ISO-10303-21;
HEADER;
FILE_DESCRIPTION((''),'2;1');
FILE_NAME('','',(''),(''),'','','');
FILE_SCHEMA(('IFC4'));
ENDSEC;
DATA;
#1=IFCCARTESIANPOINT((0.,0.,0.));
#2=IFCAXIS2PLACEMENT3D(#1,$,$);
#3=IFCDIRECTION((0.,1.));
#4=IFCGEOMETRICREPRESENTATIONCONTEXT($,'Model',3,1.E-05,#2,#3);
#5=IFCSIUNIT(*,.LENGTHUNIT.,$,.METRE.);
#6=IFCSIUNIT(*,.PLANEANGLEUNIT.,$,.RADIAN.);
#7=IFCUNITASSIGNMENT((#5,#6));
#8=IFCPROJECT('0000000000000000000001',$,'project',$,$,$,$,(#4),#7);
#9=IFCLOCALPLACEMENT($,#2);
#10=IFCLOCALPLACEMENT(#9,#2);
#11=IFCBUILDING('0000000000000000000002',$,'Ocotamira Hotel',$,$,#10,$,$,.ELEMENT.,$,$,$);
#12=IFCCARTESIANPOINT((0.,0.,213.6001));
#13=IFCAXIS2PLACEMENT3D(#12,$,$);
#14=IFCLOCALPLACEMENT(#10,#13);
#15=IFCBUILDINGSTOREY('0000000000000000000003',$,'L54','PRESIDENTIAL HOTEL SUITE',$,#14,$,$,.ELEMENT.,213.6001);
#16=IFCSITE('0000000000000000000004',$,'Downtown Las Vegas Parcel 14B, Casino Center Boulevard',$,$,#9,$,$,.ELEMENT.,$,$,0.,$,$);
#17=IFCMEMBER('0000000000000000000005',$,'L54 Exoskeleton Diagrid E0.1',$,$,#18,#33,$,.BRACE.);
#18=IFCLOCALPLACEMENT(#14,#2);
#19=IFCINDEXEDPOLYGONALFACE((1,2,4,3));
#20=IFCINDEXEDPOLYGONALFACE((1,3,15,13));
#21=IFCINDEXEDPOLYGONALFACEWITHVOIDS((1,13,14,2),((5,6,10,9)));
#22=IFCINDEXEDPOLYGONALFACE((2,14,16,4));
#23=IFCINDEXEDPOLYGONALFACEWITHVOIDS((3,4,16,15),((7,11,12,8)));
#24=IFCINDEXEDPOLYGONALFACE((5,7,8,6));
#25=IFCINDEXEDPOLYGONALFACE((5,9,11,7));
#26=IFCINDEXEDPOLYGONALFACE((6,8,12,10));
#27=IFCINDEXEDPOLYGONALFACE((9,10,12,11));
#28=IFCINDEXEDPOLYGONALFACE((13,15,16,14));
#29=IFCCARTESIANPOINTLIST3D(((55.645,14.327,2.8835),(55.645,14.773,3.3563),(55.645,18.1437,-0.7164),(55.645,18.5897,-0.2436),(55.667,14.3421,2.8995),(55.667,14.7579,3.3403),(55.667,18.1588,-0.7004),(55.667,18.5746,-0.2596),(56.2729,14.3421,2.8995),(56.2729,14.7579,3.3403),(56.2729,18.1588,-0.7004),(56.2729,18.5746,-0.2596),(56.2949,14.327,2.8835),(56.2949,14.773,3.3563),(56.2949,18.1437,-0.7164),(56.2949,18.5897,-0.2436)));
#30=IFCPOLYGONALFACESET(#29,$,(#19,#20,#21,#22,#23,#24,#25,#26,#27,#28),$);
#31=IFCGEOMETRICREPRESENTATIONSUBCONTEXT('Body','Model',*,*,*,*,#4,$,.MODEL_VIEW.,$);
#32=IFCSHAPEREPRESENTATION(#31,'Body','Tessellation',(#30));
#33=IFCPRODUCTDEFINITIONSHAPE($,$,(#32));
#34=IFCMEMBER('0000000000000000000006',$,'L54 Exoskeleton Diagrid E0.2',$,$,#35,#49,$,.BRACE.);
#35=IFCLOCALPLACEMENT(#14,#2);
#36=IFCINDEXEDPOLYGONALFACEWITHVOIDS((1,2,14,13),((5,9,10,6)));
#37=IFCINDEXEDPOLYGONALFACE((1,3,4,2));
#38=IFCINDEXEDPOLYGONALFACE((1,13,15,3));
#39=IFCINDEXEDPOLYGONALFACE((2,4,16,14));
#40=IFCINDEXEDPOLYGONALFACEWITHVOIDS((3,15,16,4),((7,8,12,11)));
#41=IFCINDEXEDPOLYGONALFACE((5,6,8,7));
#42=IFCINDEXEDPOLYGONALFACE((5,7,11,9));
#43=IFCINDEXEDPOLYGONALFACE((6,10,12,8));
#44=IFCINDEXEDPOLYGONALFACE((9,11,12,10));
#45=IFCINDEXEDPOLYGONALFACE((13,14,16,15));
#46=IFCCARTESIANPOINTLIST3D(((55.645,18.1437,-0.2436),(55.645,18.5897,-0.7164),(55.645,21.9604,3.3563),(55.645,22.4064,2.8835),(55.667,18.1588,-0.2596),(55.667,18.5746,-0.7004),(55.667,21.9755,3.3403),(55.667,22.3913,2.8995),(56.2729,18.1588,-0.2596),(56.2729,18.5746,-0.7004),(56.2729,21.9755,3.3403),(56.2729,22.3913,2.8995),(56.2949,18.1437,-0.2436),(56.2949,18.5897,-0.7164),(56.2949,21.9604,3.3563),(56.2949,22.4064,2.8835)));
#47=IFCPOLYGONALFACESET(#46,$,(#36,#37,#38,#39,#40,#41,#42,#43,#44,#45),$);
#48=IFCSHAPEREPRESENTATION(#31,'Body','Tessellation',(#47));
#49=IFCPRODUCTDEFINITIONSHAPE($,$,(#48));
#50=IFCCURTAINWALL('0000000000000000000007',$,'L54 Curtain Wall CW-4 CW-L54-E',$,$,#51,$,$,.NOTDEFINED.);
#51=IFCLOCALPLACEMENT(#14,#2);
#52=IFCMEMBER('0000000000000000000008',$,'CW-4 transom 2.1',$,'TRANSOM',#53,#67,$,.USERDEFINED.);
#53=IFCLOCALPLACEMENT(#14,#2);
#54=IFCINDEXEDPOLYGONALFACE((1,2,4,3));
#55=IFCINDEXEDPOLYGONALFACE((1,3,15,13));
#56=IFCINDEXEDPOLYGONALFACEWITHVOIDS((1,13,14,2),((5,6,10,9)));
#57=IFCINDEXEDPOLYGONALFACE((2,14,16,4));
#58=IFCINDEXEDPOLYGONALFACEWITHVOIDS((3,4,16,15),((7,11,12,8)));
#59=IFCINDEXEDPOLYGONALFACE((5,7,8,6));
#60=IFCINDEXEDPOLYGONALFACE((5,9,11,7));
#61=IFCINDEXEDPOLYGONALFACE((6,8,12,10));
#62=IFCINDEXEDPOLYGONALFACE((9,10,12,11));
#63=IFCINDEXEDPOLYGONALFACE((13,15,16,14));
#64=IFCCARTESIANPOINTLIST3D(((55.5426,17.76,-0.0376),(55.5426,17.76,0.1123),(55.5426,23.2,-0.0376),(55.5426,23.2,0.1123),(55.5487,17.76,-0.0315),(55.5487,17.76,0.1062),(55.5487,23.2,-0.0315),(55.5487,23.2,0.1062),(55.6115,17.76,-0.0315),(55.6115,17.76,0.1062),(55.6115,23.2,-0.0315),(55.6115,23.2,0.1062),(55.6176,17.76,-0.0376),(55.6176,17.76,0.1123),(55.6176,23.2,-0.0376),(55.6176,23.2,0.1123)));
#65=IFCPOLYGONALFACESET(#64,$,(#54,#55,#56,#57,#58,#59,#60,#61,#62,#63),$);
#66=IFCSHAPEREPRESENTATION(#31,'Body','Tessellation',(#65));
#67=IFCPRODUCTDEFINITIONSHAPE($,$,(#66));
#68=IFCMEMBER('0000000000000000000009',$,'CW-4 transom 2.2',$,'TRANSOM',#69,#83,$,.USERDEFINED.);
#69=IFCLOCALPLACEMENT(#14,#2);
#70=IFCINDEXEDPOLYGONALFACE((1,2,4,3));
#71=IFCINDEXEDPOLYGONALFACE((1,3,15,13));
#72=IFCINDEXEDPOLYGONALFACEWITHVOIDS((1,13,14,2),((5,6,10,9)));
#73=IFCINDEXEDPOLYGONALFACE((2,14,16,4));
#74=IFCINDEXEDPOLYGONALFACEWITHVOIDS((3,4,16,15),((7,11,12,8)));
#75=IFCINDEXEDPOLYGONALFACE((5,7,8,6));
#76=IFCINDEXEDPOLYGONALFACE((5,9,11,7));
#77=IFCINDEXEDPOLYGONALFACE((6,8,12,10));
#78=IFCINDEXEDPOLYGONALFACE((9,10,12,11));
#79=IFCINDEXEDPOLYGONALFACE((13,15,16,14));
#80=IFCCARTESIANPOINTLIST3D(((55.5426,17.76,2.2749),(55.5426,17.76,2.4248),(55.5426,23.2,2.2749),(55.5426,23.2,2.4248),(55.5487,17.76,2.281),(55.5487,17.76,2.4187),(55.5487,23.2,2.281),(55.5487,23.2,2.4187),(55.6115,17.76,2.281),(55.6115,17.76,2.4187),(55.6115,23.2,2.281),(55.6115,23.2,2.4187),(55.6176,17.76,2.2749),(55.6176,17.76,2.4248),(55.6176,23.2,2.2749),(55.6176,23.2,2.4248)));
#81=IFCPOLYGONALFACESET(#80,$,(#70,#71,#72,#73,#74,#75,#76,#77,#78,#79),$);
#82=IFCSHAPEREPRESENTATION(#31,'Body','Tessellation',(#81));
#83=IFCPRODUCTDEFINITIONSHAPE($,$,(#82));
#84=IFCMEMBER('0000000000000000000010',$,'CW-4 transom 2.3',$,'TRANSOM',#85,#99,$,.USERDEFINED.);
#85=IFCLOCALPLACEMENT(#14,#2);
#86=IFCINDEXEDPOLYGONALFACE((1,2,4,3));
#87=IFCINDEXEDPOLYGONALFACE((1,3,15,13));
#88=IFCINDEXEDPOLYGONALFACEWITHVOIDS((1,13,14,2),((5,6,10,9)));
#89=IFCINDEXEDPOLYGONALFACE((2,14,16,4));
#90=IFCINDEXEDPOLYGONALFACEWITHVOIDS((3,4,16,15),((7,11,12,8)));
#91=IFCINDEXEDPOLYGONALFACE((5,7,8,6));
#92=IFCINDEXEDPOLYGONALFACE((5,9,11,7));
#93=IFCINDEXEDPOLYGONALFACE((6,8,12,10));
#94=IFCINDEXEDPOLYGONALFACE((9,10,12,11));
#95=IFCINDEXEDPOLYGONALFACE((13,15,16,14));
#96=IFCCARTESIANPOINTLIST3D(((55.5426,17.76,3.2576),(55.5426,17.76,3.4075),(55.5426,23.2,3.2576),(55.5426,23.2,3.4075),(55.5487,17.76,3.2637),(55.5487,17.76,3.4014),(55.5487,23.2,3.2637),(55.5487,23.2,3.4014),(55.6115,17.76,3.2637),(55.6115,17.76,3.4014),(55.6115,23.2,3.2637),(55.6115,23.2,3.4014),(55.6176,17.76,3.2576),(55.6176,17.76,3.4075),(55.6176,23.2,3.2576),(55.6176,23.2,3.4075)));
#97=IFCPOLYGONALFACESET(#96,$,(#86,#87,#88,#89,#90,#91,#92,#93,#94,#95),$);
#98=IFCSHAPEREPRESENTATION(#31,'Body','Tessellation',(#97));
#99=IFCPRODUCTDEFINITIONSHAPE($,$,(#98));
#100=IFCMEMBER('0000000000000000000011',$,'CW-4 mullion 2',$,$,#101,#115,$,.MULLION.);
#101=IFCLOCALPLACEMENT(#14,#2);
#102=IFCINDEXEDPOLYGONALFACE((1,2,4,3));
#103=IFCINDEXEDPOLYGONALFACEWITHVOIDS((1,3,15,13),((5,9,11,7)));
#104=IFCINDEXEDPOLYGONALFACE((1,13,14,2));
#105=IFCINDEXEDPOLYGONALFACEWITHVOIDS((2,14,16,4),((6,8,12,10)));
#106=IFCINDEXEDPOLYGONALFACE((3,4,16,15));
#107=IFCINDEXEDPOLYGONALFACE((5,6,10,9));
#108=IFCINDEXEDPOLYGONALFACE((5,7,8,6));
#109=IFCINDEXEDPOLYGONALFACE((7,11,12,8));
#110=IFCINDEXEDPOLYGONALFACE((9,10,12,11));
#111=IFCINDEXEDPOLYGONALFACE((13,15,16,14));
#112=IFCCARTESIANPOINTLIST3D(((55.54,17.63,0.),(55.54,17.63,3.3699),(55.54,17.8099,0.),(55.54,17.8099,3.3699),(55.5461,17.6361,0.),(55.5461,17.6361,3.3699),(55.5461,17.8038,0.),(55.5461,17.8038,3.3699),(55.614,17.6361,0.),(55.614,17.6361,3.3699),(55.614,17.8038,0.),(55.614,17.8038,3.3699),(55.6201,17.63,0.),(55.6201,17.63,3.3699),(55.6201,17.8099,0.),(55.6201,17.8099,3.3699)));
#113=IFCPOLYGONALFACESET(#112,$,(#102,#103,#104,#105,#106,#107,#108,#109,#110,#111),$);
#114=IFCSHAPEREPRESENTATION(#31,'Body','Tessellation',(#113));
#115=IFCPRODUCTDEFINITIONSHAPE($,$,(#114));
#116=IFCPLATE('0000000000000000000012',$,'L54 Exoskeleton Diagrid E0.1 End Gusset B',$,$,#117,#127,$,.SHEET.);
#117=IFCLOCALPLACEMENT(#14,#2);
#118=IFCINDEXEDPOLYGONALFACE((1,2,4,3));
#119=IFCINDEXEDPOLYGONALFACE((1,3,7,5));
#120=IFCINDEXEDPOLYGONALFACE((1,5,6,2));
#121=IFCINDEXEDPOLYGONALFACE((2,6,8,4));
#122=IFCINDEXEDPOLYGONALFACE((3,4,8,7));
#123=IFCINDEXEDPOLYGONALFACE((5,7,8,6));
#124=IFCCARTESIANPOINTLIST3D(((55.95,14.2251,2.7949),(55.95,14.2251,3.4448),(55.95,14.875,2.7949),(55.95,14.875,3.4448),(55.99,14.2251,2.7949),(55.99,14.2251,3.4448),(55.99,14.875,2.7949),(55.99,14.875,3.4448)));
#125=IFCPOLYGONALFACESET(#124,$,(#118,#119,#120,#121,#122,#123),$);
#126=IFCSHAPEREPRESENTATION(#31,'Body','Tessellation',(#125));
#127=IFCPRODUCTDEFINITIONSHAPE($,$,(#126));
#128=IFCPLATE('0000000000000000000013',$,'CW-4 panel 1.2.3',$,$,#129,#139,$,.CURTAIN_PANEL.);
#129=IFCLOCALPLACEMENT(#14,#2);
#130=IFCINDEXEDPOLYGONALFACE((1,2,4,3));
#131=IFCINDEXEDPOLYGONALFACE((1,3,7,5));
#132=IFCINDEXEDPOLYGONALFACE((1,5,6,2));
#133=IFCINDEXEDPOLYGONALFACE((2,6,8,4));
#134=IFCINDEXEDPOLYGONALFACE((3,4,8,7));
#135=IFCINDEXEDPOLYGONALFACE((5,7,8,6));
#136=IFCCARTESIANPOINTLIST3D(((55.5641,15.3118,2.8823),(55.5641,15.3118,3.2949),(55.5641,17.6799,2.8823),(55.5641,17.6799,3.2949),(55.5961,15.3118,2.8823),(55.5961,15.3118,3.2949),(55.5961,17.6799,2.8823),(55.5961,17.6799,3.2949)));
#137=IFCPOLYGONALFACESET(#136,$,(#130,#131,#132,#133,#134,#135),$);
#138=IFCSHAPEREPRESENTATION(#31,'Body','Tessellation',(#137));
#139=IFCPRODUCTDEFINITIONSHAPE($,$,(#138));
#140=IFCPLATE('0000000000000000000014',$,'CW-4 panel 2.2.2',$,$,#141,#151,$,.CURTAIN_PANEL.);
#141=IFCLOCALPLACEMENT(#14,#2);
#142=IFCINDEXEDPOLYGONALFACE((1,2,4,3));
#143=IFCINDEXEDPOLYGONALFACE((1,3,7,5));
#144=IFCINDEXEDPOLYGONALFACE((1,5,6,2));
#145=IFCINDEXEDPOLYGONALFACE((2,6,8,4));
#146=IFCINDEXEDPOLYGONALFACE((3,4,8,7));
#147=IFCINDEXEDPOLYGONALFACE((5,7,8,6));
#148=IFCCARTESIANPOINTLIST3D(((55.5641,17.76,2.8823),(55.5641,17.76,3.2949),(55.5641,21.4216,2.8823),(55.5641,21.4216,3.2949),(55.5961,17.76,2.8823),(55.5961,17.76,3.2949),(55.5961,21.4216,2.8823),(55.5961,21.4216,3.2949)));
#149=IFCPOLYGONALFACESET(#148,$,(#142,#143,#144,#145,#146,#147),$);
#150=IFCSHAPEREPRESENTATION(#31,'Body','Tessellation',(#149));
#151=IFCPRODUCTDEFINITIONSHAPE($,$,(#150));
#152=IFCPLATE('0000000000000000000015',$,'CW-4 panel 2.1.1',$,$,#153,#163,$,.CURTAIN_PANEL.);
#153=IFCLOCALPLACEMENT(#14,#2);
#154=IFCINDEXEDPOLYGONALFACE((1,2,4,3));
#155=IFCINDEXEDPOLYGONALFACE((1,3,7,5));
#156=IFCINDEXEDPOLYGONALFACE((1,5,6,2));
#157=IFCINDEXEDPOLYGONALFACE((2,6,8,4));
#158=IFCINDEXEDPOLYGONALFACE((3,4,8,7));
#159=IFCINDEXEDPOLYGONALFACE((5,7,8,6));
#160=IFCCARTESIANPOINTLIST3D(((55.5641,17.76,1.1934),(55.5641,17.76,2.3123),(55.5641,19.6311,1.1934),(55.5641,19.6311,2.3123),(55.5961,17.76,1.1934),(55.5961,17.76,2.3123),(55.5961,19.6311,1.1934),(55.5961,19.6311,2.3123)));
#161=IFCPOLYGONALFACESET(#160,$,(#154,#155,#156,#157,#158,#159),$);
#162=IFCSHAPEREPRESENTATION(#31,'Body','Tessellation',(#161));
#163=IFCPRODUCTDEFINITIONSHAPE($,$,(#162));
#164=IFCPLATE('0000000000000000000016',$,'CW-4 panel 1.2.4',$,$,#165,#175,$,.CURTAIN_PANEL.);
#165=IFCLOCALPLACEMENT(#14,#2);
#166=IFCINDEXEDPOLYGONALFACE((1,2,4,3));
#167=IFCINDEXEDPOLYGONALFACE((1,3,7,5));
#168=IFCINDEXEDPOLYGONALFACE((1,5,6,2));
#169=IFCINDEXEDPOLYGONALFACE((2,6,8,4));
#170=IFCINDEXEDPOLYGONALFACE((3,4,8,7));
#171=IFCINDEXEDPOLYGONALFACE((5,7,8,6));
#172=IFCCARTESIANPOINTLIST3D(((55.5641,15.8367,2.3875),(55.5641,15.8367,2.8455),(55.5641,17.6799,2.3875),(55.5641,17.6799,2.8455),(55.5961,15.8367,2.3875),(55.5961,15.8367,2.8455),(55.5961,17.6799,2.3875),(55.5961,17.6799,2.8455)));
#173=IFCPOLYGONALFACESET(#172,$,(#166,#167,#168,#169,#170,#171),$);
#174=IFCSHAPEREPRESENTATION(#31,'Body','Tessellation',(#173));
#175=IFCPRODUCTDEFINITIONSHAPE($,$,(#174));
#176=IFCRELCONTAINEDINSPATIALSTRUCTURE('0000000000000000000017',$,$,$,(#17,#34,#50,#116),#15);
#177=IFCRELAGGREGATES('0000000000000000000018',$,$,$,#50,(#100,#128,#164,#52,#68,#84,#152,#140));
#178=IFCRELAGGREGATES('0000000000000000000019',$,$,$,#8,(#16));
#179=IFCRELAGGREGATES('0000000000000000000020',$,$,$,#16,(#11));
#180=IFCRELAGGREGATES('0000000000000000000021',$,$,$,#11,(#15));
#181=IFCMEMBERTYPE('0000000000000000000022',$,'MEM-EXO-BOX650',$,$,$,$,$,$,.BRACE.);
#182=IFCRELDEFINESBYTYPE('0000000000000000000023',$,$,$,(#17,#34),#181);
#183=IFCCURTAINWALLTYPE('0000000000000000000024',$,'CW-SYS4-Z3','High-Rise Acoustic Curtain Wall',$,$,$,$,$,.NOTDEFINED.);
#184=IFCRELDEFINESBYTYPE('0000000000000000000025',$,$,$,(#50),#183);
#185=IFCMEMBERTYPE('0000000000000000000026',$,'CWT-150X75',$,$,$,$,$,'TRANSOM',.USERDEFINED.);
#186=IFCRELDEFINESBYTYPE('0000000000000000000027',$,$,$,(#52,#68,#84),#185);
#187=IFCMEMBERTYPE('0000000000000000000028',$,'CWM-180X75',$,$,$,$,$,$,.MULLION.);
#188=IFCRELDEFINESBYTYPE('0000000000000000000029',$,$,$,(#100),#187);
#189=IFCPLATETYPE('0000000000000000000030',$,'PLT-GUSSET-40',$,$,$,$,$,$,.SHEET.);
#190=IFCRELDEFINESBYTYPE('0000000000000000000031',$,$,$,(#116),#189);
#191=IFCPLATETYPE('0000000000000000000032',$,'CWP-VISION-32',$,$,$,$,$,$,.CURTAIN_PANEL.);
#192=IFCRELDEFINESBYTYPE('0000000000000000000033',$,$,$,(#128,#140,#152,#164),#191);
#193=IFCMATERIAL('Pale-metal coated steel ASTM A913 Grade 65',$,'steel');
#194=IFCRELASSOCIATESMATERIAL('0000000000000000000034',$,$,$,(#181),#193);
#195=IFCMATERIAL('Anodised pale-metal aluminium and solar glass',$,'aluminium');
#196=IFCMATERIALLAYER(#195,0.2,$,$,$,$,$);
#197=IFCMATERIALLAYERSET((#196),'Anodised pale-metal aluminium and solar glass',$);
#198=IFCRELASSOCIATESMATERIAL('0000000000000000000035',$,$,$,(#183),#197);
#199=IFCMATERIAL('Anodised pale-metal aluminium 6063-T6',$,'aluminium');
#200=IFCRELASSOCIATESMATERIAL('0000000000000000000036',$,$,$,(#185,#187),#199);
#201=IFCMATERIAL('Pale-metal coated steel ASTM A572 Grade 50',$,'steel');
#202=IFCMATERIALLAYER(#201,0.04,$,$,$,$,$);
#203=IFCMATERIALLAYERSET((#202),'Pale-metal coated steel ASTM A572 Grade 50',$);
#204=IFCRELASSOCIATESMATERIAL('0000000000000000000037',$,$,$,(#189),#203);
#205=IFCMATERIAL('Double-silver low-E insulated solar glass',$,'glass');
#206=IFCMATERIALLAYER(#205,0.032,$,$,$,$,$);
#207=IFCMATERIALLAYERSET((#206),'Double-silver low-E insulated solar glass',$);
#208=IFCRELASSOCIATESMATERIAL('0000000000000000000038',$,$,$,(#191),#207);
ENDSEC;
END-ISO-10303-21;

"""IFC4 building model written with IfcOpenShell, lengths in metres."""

from ifc_helpers import new_model, si_unit, direction, frame, origin, origin_2d, place, context, subcontext, project, spatial, rectangle, hollow_rectangle, extrude, source, transform, mapped, material, layer, layer_set, material_profile, profile_set, type_object, element, aggregate, save


model = new_model("IFC4")

# Units and contexts
model_context = context("Model", 3, precision=1e-05, world=origin(), true_north=direction((0.0, 1.0)))
body_context = subcontext(model_context, "Body", "Model", "MODEL_VIEW")
ifc_project = project(units=[si_unit("LENGTHUNIT", "METRE"), si_unit("PLANEANGLEUNIT", "RADIAN")], contexts=[model_context])

# Site, building, storey
site_placement = place(None, origin())
site = spatial("IfcSite", under=ifc_project, at=site_placement, Name="Downtown Las Vegas Parcel 14B, Casino Center Boulevard", CompositionType="ELEMENT", RefElevation=0.0)
building_placement = place(site_placement, origin())
building = spatial("IfcBuilding", under=site, at=building_placement, Name="Ocotamira Hotel", CompositionType="ELEMENT")
storey_placement = place(building_placement, frame((0.0, 0.0, 213.6001)))
storey = spatial("IfcBuildingStorey", under=building, at=storey_placement, Name="L54", Description="PRESIDENTIAL HOTEL SUITE", CompositionType="ELEMENT", Elevation=213.6001)

# Members
ifc_material_1 = material(Name="Pale-metal coated steel ASTM A913 Grade 65", Category="steel")
ifc_material_profile_1 = material_profile(ifc_material_1, hollow_rectangle(XDim=0.6499, YDim=0.6499, WallThickness=0.022, at=origin_2d()), Name="BOX650X650X22")
ifc_profile_set_1 = profile_set([ifc_material_profile_1], Name="Pale-metal coated steel ASTM A913 Grade 65")
member_type_1 = type_object("IfcMemberType", Name="MEM-EXO-BOX650", PredefinedType="BRACE", material=ifc_profile_set_1)
shared_shape_1 = source(origin(), body_context, "Body", "SweptSolid", [
    extrude(hollow_rectangle(XDim=0.6499, YDim=0.6499, WallThickness=0.022, at=origin_2d()), origin(), (0.0, 0.0, 1.0), 5.2466),
])
for number, where, z_axis, x_axis, name in (
    (1, (55.97, 18.3667, -0.48), (0.0, -0.727466, 0.686144), (1.0, 0.0, 0.0), "L54 Exoskeleton Diagrid E0.1"),
    (2, (55.97, 18.3667, -0.48), (0.0, 0.727466, 0.686144), (-1.0, 0.0, 0.0), "L54 Exoskeleton Diagrid E0.2"),
):
    element("IfcMember", number, at=place(storey_placement, frame(where, z_axis=z_axis, x_axis=x_axis)), inside=storey, type_object=member_type_1, Name=name, PredefinedType="BRACE", context=body_context, shape_type="MappedRepresentation", body=[
        mapped(shared_shape_1, transform((0.0, 0.0, 0.0), scale=1.0)),
    ])

# Curtain wall, members
ifc_material_2 = material(Name="Anodised pale-metal aluminium and solar glass", Category="aluminium")
ifc_layer_1 = layer(ifc_material_2, 0.2)
ifc_layer_set_1 = layer_set([ifc_layer_1], Name="Anodised pale-metal aluminium and solar glass")
curtain_wall_type = type_object("IfcCurtainWallType", Name="CW-SYS4-Z3", Description="High-Rise Acoustic Curtain Wall", PredefinedType="NOTDEFINED", material=ifc_layer_set_1)
curtain_wall_placement = place(storey_placement, origin())
curtain_wall = element("IfcCurtainWall", 3, at=curtain_wall_placement, inside=storey, type_object=curtain_wall_type, Name="L54 Curtain Wall CW-4 CW-L54-E", PredefinedType="NOTDEFINED")
ifc_material_3 = material(Name="Anodised pale-metal aluminium 6063-T6", Category="aluminium")
ifc_material_profile_2 = material_profile(ifc_material_3, hollow_rectangle(XDim=0.075, YDim=0.1499, WallThickness=0.0061, at=origin_2d()), Name="HSS150X75X6")
ifc_profile_set_2 = profile_set([ifc_material_profile_2], Name="Anodised pale-metal aluminium 6063-T6")
member_type_2 = type_object("IfcMemberType", Name="CWT-150X75", ElementType="TRANSOM", PredefinedType="USERDEFINED", material=ifc_profile_set_2)
shared_shape_2 = source(origin(), body_context, "Body", "SweptSolid", [
    extrude(hollow_rectangle(XDim=0.075, YDim=0.1499, WallThickness=0.0061, at=origin_2d()), origin(), (0.0, 0.0, 1.0), 5.4399),
])
member_1_placement = place(storey_placement, frame((55.5801, 17.76, 0.0374), z_axis=(0.0, 1.0, 0.0), x_axis=(-1.0, 0.0, 0.0)))
member_1 = element("IfcMember", 4, at=member_1_placement, type_object=member_type_2, Name="CW-4 transom 2.1", ObjectType="TRANSOM", PredefinedType="USERDEFINED", context=body_context, shape_type="MappedRepresentation", body=[
    mapped(shared_shape_2, transform((0.0, 0.0, 0.0), scale=1.0)),
])
member_2_placement = place(storey_placement, frame((55.5801, 17.76, 2.3499), z_axis=(0.0, 1.0, 0.0), x_axis=(-1.0, 0.0, 0.0)))
member_2 = element("IfcMember", 5, at=member_2_placement, type_object=member_type_2, Name="CW-4 transom 2.2", ObjectType="TRANSOM", PredefinedType="USERDEFINED", context=body_context, shape_type="MappedRepresentation", body=[
    mapped(shared_shape_2, transform((0.0, 0.0, 0.0), scale=1.0)),
])
member_3_placement = place(storey_placement, frame((55.5801, 17.76, 3.3325), z_axis=(0.0, 1.0, 0.0), x_axis=(-1.0, 0.0, 0.0)))
member_3 = element("IfcMember", 6, at=member_3_placement, type_object=member_type_2, Name="CW-4 transom 2.3", ObjectType="TRANSOM", PredefinedType="USERDEFINED", context=body_context, shape_type="MappedRepresentation", body=[
    mapped(shared_shape_2, transform((0.0, 0.0, 0.0), scale=1.0)),
])
ifc_material_profile_3 = material_profile(ifc_material_3, hollow_rectangle(XDim=0.0801, YDim=0.1799, WallThickness=0.0061, at=origin_2d()), Name="HSS180X80X6")
ifc_profile_set_3 = profile_set([ifc_material_profile_3], Name="Anodised pale-metal aluminium 6063-T6")
member_type_3 = type_object("IfcMemberType", Name="CWM-180X75", PredefinedType="MULLION", material=ifc_profile_set_3)
shared_shape_3 = source(origin(), body_context, "Body", "SweptSolid", [
    extrude(hollow_rectangle(XDim=0.0801, YDim=0.1799, WallThickness=0.0061, at=origin_2d()), origin(), (0.0, 0.0, 1.0), 3.3699),
])
member_4_placement = place(storey_placement, frame((55.5801, 17.72, 0.0), z_axis=(0.0, 0.0, 1.0), x_axis=(-1.0, 0.0, 0.0)))
member_4 = element("IfcMember", 7, at=member_4_placement, type_object=member_type_3, Name="CW-4 mullion 2", PredefinedType="MULLION", context=body_context, shape_type="MappedRepresentation", body=[
    mapped(shared_shape_3, transform((0.0, 0.0, 0.0), scale=1.0)),
])

# Plates
ifc_material_4 = material(Name="Pale-metal coated steel ASTM A572 Grade 50", Category="steel")
ifc_layer_2 = layer(ifc_material_4, 0.04)
ifc_layer_set_2 = layer_set([ifc_layer_2], Name="Pale-metal coated steel ASTM A572 Grade 50")
plate_type_1 = type_object("IfcPlateType", Name="PLT-GUSSET-40", PredefinedType="SHEET", material=ifc_layer_set_2)
shared_shape_4 = source(origin(), body_context, "Body", "SweptSolid", [
    extrude(rectangle(XDim=0.04, YDim=0.6499, at=origin_2d()), origin(), (0.0, 0.0, 1.0), 0.6499),
])
plate_1_placement = place(storey_placement, frame((55.97, 14.55, 2.7949), z_axis=(0.0, 0.0, 1.0), x_axis=(1.0, 0.0, 0.0)))
element("IfcPlate", 8, at=plate_1_placement, inside=storey, type_object=plate_type_1, Name="L54 Exoskeleton Diagrid E0.1 End Gusset B", PredefinedType="SHEET", context=body_context, shape_type="MappedRepresentation", body=[
    mapped(shared_shape_4, transform((0.0, 0.0, 0.0), scale=1.0)),
])
ifc_material_5 = material(Name="Double-silver low-E insulated solar glass", Category="glass")
ifc_layer_3 = layer(ifc_material_5, 0.032)
ifc_layer_set_3 = layer_set([ifc_layer_3], Name="Double-silver low-E insulated solar glass")
plate_type_2 = type_object("IfcPlateType", Name="CWP-VISION-32", PredefinedType="CURTAIN_PANEL", material=ifc_layer_set_3)
shared_shape_5 = source(origin(), body_context, "Body", "SweptSolid", [
    extrude(rectangle(XDim=2.3682, YDim=0.032, at=origin_2d()), origin(), (0.0, 0.0, 1.0), 0.4126),
])
plate_2_placement = place(storey_placement, frame((55.5801, 16.4958, 2.8823), z_axis=(0.0, 0.0, 1.0), x_axis=(0.0, 1.0, 0.0)))
plate_2 = element("IfcPlate", 9, at=plate_2_placement, type_object=plate_type_2, Name="CW-4 panel 1.2.3", PredefinedType="CURTAIN_PANEL", context=body_context, shape_type="MappedRepresentation", body=[
    mapped(shared_shape_5, transform((0.0, 0.0, 0.0), scale=1.0)),
])
shared_shape_6 = source(origin(), body_context, "Body", "SweptSolid", [
    extrude(rectangle(XDim=3.6616, YDim=0.032, at=origin_2d()), origin(), (0.0, 0.0, 1.0), 0.4126),
])
plate_3_placement = place(storey_placement, frame((55.5801, 19.5908, 2.8823), z_axis=(0.0, 0.0, 1.0), x_axis=(0.0, 1.0, 0.0)))
plate_3 = element("IfcPlate", 10, at=plate_3_placement, type_object=plate_type_2, Name="CW-4 panel 2.2.2", PredefinedType="CURTAIN_PANEL", context=body_context, shape_type="MappedRepresentation", body=[
    mapped(shared_shape_6, transform((0.0, 0.0, 0.0), scale=1.0)),
])
shared_shape_7 = source(origin(), body_context, "Body", "SweptSolid", [
    extrude(rectangle(XDim=1.8711, YDim=0.032, at=origin_2d()), origin(), (0.0, 0.0, 1.0), 1.1189),
])
plate_4_placement = place(storey_placement, frame((55.5801, 18.6956, 1.1934), z_axis=(0.0, 0.0, 1.0), x_axis=(0.0, 1.0, 0.0)))
plate_4 = element("IfcPlate", 11, at=plate_4_placement, type_object=plate_type_2, Name="CW-4 panel 2.1.1", PredefinedType="CURTAIN_PANEL", context=body_context, shape_type="MappedRepresentation", body=[
    mapped(shared_shape_7, transform((0.0, 0.0, 0.0), scale=1.0)),
])
shared_shape_8 = source(origin(), body_context, "Body", "SweptSolid", [
    extrude(rectangle(XDim=1.8433, YDim=0.032, at=origin_2d()), origin(), (0.0, 0.0, 1.0), 0.458),
])
plate_5_placement = place(storey_placement, frame((55.5801, 16.7583, 2.3875), z_axis=(0.0, 0.0, 1.0), x_axis=(0.0, 1.0, 0.0)))
plate_5 = element("IfcPlate", 12, at=plate_5_placement, type_object=plate_type_2, Name="CW-4 panel 1.2.4", PredefinedType="CURTAIN_PANEL", context=body_context, shape_type="MappedRepresentation", body=[
    mapped(shared_shape_8, transform((0.0, 0.0, 0.0), scale=1.0)),
])
aggregate(curtain_wall, [member_4, plate_2, plate_5, member_1, member_2, member_3, plate_4, plate_3])

save(model, "model.ifc")
